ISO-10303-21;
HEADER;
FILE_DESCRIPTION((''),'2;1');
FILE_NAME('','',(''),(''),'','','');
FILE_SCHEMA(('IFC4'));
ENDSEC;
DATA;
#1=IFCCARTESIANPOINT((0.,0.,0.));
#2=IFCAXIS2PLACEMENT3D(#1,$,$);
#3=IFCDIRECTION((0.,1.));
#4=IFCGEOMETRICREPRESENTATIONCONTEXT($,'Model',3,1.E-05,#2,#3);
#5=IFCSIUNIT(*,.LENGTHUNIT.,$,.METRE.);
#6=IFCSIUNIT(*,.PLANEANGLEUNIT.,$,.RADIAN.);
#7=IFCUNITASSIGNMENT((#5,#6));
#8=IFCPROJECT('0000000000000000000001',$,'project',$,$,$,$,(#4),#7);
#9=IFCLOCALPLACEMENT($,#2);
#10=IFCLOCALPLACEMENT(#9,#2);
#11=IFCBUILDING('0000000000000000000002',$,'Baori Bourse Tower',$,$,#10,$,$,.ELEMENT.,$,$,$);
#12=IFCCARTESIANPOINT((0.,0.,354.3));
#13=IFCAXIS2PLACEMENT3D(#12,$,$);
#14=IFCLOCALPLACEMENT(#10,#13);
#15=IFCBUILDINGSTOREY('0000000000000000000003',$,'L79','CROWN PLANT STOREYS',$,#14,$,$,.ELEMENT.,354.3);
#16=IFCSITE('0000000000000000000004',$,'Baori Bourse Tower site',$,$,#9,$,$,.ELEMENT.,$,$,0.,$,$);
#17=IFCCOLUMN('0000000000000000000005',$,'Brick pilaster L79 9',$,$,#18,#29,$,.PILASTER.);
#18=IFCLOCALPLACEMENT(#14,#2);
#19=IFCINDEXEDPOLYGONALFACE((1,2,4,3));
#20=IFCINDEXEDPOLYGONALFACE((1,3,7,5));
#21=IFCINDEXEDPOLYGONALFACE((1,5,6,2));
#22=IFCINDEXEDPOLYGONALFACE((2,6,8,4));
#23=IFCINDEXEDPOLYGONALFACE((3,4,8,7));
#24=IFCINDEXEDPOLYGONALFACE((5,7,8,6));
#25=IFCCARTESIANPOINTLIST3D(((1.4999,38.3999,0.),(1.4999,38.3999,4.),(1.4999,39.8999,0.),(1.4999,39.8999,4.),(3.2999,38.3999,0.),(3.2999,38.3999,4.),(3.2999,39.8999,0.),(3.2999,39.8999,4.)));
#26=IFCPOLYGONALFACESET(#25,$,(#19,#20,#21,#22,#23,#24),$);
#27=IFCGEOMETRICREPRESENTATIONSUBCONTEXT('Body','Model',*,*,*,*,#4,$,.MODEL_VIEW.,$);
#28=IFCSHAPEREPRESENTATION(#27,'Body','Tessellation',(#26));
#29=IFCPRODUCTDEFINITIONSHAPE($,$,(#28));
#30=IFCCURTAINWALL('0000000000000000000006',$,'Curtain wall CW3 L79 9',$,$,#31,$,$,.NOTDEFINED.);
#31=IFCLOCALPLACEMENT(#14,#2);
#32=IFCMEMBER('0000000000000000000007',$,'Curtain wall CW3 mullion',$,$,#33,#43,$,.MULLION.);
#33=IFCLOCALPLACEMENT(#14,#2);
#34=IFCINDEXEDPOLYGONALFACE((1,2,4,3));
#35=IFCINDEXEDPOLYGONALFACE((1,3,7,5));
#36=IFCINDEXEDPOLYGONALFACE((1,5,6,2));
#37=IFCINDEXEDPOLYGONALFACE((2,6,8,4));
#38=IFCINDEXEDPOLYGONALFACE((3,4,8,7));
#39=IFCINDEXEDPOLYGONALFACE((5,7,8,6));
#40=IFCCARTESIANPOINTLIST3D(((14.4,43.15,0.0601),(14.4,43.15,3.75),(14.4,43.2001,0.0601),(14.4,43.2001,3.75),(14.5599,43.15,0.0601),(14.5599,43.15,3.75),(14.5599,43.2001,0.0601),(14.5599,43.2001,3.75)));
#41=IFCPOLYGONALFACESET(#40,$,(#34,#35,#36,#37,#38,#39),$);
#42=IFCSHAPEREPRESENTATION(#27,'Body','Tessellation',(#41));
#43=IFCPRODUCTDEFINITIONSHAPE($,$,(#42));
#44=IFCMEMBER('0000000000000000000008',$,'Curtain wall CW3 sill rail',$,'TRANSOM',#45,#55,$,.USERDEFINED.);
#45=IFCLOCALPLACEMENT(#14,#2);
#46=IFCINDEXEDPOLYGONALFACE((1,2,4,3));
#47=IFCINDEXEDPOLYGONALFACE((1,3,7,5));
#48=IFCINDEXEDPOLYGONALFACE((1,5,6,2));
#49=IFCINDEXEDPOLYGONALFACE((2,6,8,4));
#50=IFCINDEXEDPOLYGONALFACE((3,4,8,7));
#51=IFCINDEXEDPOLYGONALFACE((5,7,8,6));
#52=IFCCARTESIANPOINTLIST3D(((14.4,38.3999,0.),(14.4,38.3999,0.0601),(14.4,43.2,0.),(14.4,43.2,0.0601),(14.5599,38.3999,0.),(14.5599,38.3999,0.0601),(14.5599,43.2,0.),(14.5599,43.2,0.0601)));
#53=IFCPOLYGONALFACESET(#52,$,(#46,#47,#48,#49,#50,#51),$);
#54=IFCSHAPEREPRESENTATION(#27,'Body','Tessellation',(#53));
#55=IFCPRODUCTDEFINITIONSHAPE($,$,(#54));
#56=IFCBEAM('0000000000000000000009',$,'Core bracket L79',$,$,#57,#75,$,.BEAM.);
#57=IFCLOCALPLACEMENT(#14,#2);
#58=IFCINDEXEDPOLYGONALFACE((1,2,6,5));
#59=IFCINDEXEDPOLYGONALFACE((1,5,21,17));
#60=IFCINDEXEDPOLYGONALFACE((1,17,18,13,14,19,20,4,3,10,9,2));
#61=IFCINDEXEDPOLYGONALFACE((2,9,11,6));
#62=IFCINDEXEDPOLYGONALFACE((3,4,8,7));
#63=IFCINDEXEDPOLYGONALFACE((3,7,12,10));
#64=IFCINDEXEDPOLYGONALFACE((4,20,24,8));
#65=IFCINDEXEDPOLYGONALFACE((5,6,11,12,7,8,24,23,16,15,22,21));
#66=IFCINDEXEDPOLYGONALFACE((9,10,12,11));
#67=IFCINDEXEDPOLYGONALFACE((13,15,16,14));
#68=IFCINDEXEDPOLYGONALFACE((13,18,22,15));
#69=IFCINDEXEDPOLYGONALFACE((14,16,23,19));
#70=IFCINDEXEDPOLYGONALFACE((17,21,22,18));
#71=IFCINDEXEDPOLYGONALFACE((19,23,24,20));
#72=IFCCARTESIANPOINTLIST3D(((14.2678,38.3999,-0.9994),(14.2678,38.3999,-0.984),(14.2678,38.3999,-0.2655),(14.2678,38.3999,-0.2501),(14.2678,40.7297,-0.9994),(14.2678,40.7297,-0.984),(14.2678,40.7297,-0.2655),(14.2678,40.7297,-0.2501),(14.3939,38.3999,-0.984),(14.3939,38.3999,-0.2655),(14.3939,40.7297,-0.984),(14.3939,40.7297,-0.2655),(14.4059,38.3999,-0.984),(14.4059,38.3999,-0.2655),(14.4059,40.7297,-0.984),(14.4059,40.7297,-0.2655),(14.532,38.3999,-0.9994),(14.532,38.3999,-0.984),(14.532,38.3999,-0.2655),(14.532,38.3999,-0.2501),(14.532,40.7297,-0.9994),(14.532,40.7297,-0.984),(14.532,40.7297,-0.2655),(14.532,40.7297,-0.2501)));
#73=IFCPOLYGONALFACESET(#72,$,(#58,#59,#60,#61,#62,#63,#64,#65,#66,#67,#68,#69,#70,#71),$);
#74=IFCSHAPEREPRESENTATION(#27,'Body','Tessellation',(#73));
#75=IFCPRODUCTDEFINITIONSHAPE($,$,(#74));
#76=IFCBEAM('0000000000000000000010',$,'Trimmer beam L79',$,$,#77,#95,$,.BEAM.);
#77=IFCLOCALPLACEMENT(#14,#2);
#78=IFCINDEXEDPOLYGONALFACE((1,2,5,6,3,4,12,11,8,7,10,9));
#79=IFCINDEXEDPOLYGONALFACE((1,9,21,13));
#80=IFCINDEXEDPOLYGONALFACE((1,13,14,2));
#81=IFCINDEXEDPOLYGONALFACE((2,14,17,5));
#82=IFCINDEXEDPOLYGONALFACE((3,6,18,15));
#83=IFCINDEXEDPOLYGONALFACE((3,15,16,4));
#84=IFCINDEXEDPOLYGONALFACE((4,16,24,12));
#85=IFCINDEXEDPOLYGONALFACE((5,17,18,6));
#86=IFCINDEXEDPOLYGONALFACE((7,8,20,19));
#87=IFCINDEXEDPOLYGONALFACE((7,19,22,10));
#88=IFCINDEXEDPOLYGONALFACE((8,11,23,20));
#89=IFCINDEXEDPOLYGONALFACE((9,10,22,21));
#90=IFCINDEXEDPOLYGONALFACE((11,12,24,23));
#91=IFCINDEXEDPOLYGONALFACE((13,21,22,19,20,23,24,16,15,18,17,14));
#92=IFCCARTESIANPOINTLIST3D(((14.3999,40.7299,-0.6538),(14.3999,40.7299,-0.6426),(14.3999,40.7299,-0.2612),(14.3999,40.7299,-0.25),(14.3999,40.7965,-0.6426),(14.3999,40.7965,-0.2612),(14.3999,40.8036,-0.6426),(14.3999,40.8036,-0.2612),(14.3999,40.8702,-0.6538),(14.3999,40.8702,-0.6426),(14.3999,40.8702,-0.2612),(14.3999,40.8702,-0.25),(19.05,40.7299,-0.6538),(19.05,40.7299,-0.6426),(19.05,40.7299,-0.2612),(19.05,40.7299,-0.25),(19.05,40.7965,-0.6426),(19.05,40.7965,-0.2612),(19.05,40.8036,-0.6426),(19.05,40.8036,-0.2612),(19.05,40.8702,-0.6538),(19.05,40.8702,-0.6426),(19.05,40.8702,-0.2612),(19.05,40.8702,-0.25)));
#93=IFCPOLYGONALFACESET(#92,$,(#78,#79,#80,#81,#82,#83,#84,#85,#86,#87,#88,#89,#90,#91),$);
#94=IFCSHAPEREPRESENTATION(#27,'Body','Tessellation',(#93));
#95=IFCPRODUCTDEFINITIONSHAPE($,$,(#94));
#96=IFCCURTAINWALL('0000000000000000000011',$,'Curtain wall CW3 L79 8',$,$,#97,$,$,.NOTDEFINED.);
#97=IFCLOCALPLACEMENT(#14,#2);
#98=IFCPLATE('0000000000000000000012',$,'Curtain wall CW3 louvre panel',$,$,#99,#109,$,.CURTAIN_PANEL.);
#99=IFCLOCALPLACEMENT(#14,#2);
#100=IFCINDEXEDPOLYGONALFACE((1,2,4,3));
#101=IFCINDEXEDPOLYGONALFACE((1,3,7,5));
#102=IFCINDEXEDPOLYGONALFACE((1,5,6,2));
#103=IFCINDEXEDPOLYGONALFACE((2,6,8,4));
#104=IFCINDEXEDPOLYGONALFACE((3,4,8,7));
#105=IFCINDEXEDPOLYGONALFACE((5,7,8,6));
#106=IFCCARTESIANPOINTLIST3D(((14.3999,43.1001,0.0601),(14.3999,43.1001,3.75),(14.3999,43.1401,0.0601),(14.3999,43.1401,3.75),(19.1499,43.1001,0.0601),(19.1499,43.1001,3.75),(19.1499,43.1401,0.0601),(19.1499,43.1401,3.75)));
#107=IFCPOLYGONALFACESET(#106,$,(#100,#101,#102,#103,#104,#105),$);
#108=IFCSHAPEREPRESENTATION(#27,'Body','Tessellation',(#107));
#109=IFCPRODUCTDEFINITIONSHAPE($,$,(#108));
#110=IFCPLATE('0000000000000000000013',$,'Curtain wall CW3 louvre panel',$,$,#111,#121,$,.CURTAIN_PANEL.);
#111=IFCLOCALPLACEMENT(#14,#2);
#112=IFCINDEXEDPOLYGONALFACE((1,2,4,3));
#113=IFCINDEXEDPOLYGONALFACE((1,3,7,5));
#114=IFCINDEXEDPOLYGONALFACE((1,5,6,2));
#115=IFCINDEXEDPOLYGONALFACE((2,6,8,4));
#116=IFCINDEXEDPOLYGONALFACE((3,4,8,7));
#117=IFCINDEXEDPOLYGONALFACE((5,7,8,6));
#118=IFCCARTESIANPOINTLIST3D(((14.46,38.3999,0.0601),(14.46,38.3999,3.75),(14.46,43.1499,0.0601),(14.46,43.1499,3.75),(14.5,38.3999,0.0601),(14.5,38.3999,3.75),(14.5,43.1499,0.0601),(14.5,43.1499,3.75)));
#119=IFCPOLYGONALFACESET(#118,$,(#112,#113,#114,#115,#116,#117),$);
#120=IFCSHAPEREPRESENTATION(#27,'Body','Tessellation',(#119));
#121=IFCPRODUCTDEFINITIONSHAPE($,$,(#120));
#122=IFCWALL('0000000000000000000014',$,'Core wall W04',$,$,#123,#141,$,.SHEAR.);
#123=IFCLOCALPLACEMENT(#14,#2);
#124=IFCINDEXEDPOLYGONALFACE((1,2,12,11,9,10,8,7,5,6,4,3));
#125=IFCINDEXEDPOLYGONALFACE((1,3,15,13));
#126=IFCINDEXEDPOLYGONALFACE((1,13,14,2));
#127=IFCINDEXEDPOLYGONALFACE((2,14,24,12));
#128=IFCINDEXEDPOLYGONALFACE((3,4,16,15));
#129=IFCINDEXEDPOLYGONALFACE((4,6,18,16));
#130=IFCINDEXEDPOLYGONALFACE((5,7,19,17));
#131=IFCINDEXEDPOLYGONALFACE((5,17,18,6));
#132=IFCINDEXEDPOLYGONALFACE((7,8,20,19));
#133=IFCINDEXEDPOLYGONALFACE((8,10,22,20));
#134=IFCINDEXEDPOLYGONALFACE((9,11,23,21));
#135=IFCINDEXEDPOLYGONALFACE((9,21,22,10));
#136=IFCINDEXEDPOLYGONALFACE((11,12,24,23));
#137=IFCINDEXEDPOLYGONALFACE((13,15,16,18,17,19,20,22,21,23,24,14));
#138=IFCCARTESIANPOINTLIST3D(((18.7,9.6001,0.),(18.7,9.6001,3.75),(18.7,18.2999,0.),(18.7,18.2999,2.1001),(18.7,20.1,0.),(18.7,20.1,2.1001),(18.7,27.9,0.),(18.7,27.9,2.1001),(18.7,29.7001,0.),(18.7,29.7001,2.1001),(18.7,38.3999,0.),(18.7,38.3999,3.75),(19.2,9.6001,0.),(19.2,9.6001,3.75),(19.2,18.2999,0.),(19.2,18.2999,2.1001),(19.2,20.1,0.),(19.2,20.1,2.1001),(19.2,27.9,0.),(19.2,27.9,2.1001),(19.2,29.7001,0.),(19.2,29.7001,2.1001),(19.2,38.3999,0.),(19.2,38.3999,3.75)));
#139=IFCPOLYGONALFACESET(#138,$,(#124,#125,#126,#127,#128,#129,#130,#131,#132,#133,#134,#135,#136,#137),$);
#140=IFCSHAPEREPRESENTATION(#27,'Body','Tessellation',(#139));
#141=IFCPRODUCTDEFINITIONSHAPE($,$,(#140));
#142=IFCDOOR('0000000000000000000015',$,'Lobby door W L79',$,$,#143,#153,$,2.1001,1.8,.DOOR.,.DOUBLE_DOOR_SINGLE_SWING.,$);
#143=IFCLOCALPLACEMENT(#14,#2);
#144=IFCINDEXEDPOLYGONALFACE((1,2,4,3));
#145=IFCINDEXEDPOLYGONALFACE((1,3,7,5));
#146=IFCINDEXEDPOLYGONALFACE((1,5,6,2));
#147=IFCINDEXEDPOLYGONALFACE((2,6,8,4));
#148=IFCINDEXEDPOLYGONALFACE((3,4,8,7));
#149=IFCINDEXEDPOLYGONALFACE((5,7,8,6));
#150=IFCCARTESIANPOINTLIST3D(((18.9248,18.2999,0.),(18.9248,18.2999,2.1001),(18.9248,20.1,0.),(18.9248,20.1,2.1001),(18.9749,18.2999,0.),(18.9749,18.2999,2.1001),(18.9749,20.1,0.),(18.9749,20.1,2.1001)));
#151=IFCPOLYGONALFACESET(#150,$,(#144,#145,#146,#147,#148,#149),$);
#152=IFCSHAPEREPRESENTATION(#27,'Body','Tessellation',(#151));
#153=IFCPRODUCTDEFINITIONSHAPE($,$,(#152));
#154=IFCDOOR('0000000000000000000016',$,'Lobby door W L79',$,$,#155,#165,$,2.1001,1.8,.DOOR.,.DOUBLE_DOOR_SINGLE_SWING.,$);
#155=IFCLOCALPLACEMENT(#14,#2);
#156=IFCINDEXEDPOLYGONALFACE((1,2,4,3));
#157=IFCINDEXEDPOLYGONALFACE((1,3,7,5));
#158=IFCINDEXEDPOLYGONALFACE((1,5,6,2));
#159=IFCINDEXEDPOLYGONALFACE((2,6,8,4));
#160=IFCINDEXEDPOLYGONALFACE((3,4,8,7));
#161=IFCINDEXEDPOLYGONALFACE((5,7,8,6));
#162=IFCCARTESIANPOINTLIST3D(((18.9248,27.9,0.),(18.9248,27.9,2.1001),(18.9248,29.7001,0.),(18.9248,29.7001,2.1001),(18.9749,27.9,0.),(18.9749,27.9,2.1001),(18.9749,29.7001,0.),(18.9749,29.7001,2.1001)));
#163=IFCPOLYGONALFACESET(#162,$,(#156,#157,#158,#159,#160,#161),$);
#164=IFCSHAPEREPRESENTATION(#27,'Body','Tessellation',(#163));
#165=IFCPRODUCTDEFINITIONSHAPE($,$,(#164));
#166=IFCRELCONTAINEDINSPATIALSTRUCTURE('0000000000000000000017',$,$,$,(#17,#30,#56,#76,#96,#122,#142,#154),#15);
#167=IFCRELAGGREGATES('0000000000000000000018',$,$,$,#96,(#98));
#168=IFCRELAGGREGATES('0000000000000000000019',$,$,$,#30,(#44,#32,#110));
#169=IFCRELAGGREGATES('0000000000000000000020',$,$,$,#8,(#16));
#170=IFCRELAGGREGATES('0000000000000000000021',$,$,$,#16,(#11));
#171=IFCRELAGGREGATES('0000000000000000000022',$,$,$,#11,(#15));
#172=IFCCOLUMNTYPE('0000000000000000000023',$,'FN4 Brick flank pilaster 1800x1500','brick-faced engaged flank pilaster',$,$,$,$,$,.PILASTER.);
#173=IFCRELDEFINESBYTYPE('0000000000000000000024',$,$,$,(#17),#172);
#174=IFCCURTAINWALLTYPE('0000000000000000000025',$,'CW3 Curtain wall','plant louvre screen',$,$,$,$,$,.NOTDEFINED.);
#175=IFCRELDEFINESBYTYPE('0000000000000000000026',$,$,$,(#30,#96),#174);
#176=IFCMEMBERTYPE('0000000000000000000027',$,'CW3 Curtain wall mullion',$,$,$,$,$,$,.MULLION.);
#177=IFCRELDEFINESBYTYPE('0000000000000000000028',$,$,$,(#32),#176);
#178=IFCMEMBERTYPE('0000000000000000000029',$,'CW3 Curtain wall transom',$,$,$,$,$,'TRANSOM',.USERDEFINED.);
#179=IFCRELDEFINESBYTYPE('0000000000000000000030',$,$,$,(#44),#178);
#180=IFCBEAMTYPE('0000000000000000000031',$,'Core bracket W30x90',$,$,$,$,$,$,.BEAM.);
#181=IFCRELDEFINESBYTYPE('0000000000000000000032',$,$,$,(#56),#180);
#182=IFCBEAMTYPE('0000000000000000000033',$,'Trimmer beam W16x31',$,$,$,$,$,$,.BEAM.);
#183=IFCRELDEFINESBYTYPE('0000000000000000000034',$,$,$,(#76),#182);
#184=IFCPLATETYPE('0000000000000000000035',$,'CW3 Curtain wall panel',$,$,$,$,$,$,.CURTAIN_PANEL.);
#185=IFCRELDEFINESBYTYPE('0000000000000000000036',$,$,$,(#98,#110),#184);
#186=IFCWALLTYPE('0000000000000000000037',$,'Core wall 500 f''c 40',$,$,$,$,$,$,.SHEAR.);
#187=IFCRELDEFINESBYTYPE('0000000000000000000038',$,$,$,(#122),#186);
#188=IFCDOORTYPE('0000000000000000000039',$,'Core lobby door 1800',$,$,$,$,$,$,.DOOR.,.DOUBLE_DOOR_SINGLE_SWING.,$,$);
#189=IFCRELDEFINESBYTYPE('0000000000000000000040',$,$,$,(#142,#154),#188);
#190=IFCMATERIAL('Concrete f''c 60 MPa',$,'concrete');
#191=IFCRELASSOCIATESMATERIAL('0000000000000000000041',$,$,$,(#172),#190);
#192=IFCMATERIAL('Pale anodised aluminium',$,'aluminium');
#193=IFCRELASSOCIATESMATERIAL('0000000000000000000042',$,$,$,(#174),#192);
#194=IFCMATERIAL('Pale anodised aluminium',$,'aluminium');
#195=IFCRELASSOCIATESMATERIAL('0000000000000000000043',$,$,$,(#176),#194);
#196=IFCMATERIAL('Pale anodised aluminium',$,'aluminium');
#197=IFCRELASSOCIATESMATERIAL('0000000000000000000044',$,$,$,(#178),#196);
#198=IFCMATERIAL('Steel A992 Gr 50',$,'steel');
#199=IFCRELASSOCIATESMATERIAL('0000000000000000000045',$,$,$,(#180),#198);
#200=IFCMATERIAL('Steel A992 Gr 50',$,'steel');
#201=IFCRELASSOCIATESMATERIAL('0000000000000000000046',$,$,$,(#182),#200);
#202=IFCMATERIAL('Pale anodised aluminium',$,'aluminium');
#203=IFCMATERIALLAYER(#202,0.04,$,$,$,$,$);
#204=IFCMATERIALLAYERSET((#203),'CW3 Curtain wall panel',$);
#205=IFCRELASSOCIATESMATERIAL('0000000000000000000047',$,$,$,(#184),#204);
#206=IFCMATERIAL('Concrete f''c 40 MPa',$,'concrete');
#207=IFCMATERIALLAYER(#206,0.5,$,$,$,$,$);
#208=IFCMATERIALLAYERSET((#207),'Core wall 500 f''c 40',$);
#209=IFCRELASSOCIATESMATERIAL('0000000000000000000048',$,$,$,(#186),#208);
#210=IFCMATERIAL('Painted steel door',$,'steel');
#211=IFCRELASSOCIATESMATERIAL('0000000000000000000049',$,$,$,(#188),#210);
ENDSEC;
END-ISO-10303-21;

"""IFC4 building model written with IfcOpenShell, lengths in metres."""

from ifc_helpers import new_model, si_unit, direction, frame, frame_2d, origin, origin_2d, place, context, subcontext, project, spatial, rectangle, i_section, extrude, material, layer, layer_set, material_profile, profile_set, type_object, element, fill, aggregate, save


model = new_model("IFC4")

# Units and contexts
model_context = context("Model", 3, precision=1e-05, world=origin(), true_north=direction((0.0, 1.0)))
body_context = subcontext(model_context, "Body", "Model", "MODEL_VIEW")
ifc_project = project(units=[si_unit("LENGTHUNIT", "METRE"), si_unit("PLANEANGLEUNIT", "RADIAN")], contexts=[model_context])

# Site, building, storey
site_placement = place(None, origin())
site = spatial("IfcSite", under=ifc_project, at=site_placement, Name="Baori Bourse Tower site", CompositionType="ELEMENT", RefElevation=0.0)
building_placement = place(site_placement, origin())
building = spatial("IfcBuilding", under=site, at=building_placement, Name="Baori Bourse Tower", CompositionType="ELEMENT")
storey_placement = place(building_placement, frame((0.0, 0.0, 354.3)))
storey = spatial("IfcBuildingStorey", under=building, at=storey_placement, Name="L79", Description="CROWN PLANT STOREYS", CompositionType="ELEMENT", Elevation=354.3)

# Column
ifc_material_1 = material(Name="Concrete f'c 60 MPa", Category="concrete")
ifc_material_profile_1 = material_profile(ifc_material_1, rectangle(XDim=1.8, YDim=1.5, at=origin_2d()), Name="RC 1800x1500")
ifc_profile_set_1 = profile_set([ifc_material_profile_1], Name="Concrete f'c 60 MPa")
column_type = type_object("IfcColumnType", Name="FN4 Brick flank pilaster 1800x1500", Description="brick-faced engaged flank pilaster", PredefinedType="PILASTER", material=ifc_profile_set_1)
column_placement = place(storey_placement, frame((2.3999, 39.1499, 0.0), z_axis=(0.0, 0.0, 1.0), x_axis=(1.0, 0.0, 0.0)))
element("IfcColumn", 1, at=column_placement, inside=storey, type_object=column_type, Name="Brick pilaster L79 9", PredefinedType="PILASTER", context=body_context, shape_type="SweptSolid", body=[
    extrude(rectangle(XDim=1.8, YDim=1.5, at=origin_2d()), origin(), (0.0, 0.0, 1.0), 4.0),
])

# Curtain wall, members
ifc_material_2 = material(Name="Pale anodised aluminium", Category="aluminium")
curtain_wall_type = type_object("IfcCurtainWallType", Name="CW3 Curtain wall", Description="plant louvre screen", PredefinedType="NOTDEFINED", material=ifc_material_2)
curtain_wall_1_placement = place(storey_placement, origin())
curtain_wall_1 = element("IfcCurtainWall", 2, at=curtain_wall_1_placement, inside=storey, type_object=curtain_wall_type, Name="Curtain wall CW3 L79 9", PredefinedType="NOTDEFINED")
ifc_material_3 = material(Name="Pale anodised aluminium", Category="aluminium")
ifc_material_profile_2 = material_profile(ifc_material_3, rectangle(XDim=0.1599, YDim=0.05, at=origin_2d()), Name="Mullion 50x160")
ifc_profile_set_2 = profile_set([ifc_material_profile_2], Name="Pale anodised aluminium")
member_type_1 = type_object("IfcMemberType", Name="CW3 Curtain wall mullion", PredefinedType="MULLION", material=ifc_profile_set_2)
member_1_placement = place(storey_placement, frame((14.48, 43.175, 0.0601), z_axis=(0.0, 0.0, 1.0), x_axis=(1.0, 0.0, 0.0)))
member_1 = element("IfcMember", 3, at=member_1_placement, type_object=member_type_1, Name="Curtain wall CW3 mullion", PredefinedType="MULLION", context=body_context, shape_type="SweptSolid", body=[
    extrude(rectangle(XDim=0.1599, YDim=0.05, at=origin_2d()), origin(), (0.0, 0.0, 1.0), 3.6899),
])
ifc_material_4 = material(Name="Pale anodised aluminium", Category="aluminium")
ifc_material_profile_3 = material_profile(ifc_material_4, rectangle(XDim=0.1599, YDim=0.0601, at=origin_2d()), Name="Transom 60x160")
ifc_profile_set_3 = profile_set([ifc_material_profile_3], Name="Pale anodised aluminium")
member_type_2 = type_object("IfcMemberType", Name="CW3 Curtain wall transom", ElementType="TRANSOM", PredefinedType="USERDEFINED", material=ifc_profile_set_3)
member_2_placement = place(storey_placement, frame((14.48, 43.2, 0.03), z_axis=(0.0, -1.0, 0.0), x_axis=(1.0, 0.0, 0.0)))
member_2 = element("IfcMember", 4, at=member_2_placement, type_object=member_type_2, Name="Curtain wall CW3 sill rail", ObjectType="TRANSOM", PredefinedType="USERDEFINED", context=body_context, shape_type="SweptSolid", body=[
    extrude(rectangle(XDim=0.1599, YDim=0.0601, at=origin_2d()), origin(), (0.0, 0.0, 1.0), 4.8),
])

# Beams
ifc_material_5 = material(Name="Steel A992 Gr 50", Category="steel")
ifc_material_profile_4 = material_profile(ifc_material_5, i_section(OverallWidth=0.2642, OverallDepth=0.7493, WebThickness=0.012, FlangeThickness=0.0154, at=origin_2d()), Name="W30x90")
ifc_profile_set_4 = profile_set([ifc_material_profile_4], Name="Steel A992 Gr 50")
beam_type_1 = type_object("IfcBeamType", Name="Core bracket W30x90", PredefinedType="BEAM", material=ifc_profile_set_4)
beam_1_placement = place(storey_placement, frame((14.3999, 38.3999, -0.6248), z_axis=(0.0, 1.0, 0.0), x_axis=(-1.0, 0.0, 0.0)))
element("IfcBeam", 5, at=beam_1_placement, inside=storey, type_object=beam_type_1, Name="Core bracket L79", PredefinedType="BEAM", context=body_context, shape_type="SweptSolid", body=[
    extrude(i_section(OverallWidth=0.2642, OverallDepth=0.7493, WebThickness=0.012, FlangeThickness=0.0154, at=origin_2d()), origin(), (0.0, 0.0, 1.0), 2.3298),
])
ifc_material_6 = material(Name="Steel A992 Gr 50", Category="steel")
ifc_material_profile_5 = material_profile(ifc_material_6, i_section(OverallWidth=0.1404, OverallDepth=0.4038, WebThickness=0.0071, FlangeThickness=0.0112, at=origin_2d()), Name="W16x31")
ifc_profile_set_5 = profile_set([ifc_material_profile_5], Name="Steel A992 Gr 50")
beam_type_2 = type_object("IfcBeamType", Name="Trimmer beam W16x31", PredefinedType="BEAM", material=ifc_profile_set_5)
beam_2_placement = place(storey_placement, frame((14.3999, 40.8, -0.4519), z_axis=(1.0, 0.0, 0.0), x_axis=(0.0, 1.0, 0.0)))
element("IfcBeam", 6, at=beam_2_placement, inside=storey, type_object=beam_type_2, Name="Trimmer beam L79", PredefinedType="BEAM", context=body_context, shape_type="SweptSolid", body=[
    extrude(i_section(OverallWidth=0.1404, OverallDepth=0.4038, WebThickness=0.0071, FlangeThickness=0.0112, at=origin_2d()), origin(), (0.0, 0.0, 1.0), 4.6501),
])

# Curtain wall, plate
curtain_wall_2_placement = place(storey_placement, origin())
curtain_wall_2 = element("IfcCurtainWall", 7, at=curtain_wall_2_placement, inside=storey, type_object=curtain_wall_type, Name="Curtain wall CW3 L79 8", PredefinedType="NOTDEFINED")
ifc_material_7 = material(Name="Pale anodised aluminium", Category="aluminium")
ifc_layer_1 = layer(ifc_material_7, 0.04)
ifc_layer_set_1 = layer_set([ifc_layer_1], Name="CW3 Curtain wall panel")
plate_type = type_object("IfcPlateType", Name="CW3 Curtain wall panel", PredefinedType="CURTAIN_PANEL", material=ifc_layer_set_1)
plate_1_placement = place(storey_placement, frame((16.7749, 43.1201, 0.0601), z_axis=(0.0, 0.0, 1.0), x_axis=(-1.0, 0.0, 0.0)))
plate_1 = element("IfcPlate", 8, at=plate_1_placement, type_object=plate_type, Name="Curtain wall CW3 louvre panel", PredefinedType="CURTAIN_PANEL", context=body_context, shape_type="SweptSolid", body=[
    extrude(rectangle(XDim=4.75, YDim=0.04, at=origin_2d()), origin(), (0.0, 0.0, 1.0), 3.6899),
])
aggregate(curtain_wall_2, [plate_1])

# Plate
plate_2_placement = place(storey_placement, frame((14.48, 40.7749, 0.0601), z_axis=(0.0, 0.0, 1.0), x_axis=(0.0, -1.0, 0.0)))
plate_2 = element("IfcPlate", 9, at=plate_2_placement, type_object=plate_type, Name="Curtain wall CW3 louvre panel", PredefinedType="CURTAIN_PANEL", context=body_context, shape_type="SweptSolid", body=[
    extrude(rectangle(XDim=4.75, YDim=0.04, at=origin_2d()), origin(), (0.0, 0.0, 1.0), 3.6899),
])
aggregate(curtain_wall_1, [member_2, member_1, plate_2])

# Wall, openings, doors
ifc_material_8 = material(Name="Concrete f'c 40 MPa", Category="concrete")
ifc_layer_2 = layer(ifc_material_8, 0.5)
ifc_layer_set_2 = layer_set([ifc_layer_2], Name="Core wall 500 f'c 40")
wall_type_1 = type_object("IfcWallType", Name="Core wall 500 f'c 40", PredefinedType="SHEAR", material=ifc_layer_set_2)
wall_1_placement = place(storey_placement, frame((18.95, 38.3999, 0.0), z_axis=(0.0, 0.0, 1.0), x_axis=(0.0, -1.0, 0.0)))
wall_1 = element("IfcWall", 10, at=wall_1_placement, inside=storey, type_object=wall_type_1, Name="Core wall W04", PredefinedType="SHEAR", context=body_context, shape_type="SweptSolid", body=[
    extrude(rectangle(XDim=28.7998, YDim=0.5, at=frame_2d((14.3999, 0.0))), origin(), (0.0, 0.0, 1.0), 3.75),
])
opening_1_placement = place(wall_1_placement, frame((18.3, 0.0, 0.0)))
opening_1 = element("IfcOpeningElement", 11, at=opening_1_placement, cuts=wall_1, PredefinedType="OPENING", context=body_context, shape_type="SweptSolid", body=[
    extrude(rectangle(XDim=1.8, YDim=2.1001, at=frame_2d((0.8999, 1.05))), frame((0.0, 0.26, 0.0), z_axis=(0.0, -1.0, 0.0), x_axis=(1.0, 0.0, 0.0)), (0.0, 0.0, 1.0), 0.52),
])
opening_2_placement = place(wall_1_placement, frame((8.7, 0.0, 0.0)))
opening_2 = element("IfcOpeningElement", 12, at=opening_2_placement, cuts=wall_1, PredefinedType="OPENING", context=body_context, shape_type="SweptSolid", body=[
    extrude(rectangle(XDim=1.8, YDim=2.1001, at=frame_2d((0.8999, 1.05))), frame((0.0, 0.26, 0.0), z_axis=(0.0, -1.0, 0.0), x_axis=(1.0, 0.0, 0.0)), (0.0, 0.0, 1.0), 0.52),
])
ifc_material_9 = material(Name="Painted steel door", Category="steel")
door_type_1 = type_object("IfcDoorType", Name="Core lobby door 1800", OperationType="DOUBLE_DOOR_SINGLE_SWING", PredefinedType="DOOR", material=ifc_material_9)
door_1_placement = place(opening_1_placement, origin())
door_1 = element("IfcDoor", 13, at=door_1_placement, inside=storey, type_object=door_type_1, Name="Lobby door W L79", OperationType="DOUBLE_DOOR_SINGLE_SWING", OverallHeight=2.1001, OverallWidth=1.8, PredefinedType="DOOR", context=body_context, shape_type="SweptSolid", body=[
    extrude(rectangle(XDim=1.8, YDim=2.1001, at=frame_2d((0.8999, 1.05))), frame((0.0, 0.0249, 0.0), z_axis=(0.0, -1.0, 0.0), x_axis=(1.0, 0.0, 0.0)), (0.0, 0.0, 1.0), 0.05),
])
fill(opening_1, door_1)
door_2_placement = place(opening_2_placement, origin())
door_2 = element("IfcDoor", 14, at=door_2_placement, inside=storey, type_object=door_type_1, Name="Lobby door W L79", OperationType="DOUBLE_DOOR_SINGLE_SWING", OverallHeight=2.1001, OverallWidth=1.8, PredefinedType="DOOR", context=body_context, shape_type="SweptSolid", body=[
    extrude(rectangle(XDim=1.8, YDim=2.1001, at=frame_2d((0.8999, 1.05))), frame((0.0, 0.0249, 0.0), z_axis=(0.0, -1.0, 0.0), x_axis=(1.0, 0.0, 0.0)), (0.0, 0.0, 1.0), 0.05),
])
fill(opening_2, door_2)

save(model, "model.ifc")
